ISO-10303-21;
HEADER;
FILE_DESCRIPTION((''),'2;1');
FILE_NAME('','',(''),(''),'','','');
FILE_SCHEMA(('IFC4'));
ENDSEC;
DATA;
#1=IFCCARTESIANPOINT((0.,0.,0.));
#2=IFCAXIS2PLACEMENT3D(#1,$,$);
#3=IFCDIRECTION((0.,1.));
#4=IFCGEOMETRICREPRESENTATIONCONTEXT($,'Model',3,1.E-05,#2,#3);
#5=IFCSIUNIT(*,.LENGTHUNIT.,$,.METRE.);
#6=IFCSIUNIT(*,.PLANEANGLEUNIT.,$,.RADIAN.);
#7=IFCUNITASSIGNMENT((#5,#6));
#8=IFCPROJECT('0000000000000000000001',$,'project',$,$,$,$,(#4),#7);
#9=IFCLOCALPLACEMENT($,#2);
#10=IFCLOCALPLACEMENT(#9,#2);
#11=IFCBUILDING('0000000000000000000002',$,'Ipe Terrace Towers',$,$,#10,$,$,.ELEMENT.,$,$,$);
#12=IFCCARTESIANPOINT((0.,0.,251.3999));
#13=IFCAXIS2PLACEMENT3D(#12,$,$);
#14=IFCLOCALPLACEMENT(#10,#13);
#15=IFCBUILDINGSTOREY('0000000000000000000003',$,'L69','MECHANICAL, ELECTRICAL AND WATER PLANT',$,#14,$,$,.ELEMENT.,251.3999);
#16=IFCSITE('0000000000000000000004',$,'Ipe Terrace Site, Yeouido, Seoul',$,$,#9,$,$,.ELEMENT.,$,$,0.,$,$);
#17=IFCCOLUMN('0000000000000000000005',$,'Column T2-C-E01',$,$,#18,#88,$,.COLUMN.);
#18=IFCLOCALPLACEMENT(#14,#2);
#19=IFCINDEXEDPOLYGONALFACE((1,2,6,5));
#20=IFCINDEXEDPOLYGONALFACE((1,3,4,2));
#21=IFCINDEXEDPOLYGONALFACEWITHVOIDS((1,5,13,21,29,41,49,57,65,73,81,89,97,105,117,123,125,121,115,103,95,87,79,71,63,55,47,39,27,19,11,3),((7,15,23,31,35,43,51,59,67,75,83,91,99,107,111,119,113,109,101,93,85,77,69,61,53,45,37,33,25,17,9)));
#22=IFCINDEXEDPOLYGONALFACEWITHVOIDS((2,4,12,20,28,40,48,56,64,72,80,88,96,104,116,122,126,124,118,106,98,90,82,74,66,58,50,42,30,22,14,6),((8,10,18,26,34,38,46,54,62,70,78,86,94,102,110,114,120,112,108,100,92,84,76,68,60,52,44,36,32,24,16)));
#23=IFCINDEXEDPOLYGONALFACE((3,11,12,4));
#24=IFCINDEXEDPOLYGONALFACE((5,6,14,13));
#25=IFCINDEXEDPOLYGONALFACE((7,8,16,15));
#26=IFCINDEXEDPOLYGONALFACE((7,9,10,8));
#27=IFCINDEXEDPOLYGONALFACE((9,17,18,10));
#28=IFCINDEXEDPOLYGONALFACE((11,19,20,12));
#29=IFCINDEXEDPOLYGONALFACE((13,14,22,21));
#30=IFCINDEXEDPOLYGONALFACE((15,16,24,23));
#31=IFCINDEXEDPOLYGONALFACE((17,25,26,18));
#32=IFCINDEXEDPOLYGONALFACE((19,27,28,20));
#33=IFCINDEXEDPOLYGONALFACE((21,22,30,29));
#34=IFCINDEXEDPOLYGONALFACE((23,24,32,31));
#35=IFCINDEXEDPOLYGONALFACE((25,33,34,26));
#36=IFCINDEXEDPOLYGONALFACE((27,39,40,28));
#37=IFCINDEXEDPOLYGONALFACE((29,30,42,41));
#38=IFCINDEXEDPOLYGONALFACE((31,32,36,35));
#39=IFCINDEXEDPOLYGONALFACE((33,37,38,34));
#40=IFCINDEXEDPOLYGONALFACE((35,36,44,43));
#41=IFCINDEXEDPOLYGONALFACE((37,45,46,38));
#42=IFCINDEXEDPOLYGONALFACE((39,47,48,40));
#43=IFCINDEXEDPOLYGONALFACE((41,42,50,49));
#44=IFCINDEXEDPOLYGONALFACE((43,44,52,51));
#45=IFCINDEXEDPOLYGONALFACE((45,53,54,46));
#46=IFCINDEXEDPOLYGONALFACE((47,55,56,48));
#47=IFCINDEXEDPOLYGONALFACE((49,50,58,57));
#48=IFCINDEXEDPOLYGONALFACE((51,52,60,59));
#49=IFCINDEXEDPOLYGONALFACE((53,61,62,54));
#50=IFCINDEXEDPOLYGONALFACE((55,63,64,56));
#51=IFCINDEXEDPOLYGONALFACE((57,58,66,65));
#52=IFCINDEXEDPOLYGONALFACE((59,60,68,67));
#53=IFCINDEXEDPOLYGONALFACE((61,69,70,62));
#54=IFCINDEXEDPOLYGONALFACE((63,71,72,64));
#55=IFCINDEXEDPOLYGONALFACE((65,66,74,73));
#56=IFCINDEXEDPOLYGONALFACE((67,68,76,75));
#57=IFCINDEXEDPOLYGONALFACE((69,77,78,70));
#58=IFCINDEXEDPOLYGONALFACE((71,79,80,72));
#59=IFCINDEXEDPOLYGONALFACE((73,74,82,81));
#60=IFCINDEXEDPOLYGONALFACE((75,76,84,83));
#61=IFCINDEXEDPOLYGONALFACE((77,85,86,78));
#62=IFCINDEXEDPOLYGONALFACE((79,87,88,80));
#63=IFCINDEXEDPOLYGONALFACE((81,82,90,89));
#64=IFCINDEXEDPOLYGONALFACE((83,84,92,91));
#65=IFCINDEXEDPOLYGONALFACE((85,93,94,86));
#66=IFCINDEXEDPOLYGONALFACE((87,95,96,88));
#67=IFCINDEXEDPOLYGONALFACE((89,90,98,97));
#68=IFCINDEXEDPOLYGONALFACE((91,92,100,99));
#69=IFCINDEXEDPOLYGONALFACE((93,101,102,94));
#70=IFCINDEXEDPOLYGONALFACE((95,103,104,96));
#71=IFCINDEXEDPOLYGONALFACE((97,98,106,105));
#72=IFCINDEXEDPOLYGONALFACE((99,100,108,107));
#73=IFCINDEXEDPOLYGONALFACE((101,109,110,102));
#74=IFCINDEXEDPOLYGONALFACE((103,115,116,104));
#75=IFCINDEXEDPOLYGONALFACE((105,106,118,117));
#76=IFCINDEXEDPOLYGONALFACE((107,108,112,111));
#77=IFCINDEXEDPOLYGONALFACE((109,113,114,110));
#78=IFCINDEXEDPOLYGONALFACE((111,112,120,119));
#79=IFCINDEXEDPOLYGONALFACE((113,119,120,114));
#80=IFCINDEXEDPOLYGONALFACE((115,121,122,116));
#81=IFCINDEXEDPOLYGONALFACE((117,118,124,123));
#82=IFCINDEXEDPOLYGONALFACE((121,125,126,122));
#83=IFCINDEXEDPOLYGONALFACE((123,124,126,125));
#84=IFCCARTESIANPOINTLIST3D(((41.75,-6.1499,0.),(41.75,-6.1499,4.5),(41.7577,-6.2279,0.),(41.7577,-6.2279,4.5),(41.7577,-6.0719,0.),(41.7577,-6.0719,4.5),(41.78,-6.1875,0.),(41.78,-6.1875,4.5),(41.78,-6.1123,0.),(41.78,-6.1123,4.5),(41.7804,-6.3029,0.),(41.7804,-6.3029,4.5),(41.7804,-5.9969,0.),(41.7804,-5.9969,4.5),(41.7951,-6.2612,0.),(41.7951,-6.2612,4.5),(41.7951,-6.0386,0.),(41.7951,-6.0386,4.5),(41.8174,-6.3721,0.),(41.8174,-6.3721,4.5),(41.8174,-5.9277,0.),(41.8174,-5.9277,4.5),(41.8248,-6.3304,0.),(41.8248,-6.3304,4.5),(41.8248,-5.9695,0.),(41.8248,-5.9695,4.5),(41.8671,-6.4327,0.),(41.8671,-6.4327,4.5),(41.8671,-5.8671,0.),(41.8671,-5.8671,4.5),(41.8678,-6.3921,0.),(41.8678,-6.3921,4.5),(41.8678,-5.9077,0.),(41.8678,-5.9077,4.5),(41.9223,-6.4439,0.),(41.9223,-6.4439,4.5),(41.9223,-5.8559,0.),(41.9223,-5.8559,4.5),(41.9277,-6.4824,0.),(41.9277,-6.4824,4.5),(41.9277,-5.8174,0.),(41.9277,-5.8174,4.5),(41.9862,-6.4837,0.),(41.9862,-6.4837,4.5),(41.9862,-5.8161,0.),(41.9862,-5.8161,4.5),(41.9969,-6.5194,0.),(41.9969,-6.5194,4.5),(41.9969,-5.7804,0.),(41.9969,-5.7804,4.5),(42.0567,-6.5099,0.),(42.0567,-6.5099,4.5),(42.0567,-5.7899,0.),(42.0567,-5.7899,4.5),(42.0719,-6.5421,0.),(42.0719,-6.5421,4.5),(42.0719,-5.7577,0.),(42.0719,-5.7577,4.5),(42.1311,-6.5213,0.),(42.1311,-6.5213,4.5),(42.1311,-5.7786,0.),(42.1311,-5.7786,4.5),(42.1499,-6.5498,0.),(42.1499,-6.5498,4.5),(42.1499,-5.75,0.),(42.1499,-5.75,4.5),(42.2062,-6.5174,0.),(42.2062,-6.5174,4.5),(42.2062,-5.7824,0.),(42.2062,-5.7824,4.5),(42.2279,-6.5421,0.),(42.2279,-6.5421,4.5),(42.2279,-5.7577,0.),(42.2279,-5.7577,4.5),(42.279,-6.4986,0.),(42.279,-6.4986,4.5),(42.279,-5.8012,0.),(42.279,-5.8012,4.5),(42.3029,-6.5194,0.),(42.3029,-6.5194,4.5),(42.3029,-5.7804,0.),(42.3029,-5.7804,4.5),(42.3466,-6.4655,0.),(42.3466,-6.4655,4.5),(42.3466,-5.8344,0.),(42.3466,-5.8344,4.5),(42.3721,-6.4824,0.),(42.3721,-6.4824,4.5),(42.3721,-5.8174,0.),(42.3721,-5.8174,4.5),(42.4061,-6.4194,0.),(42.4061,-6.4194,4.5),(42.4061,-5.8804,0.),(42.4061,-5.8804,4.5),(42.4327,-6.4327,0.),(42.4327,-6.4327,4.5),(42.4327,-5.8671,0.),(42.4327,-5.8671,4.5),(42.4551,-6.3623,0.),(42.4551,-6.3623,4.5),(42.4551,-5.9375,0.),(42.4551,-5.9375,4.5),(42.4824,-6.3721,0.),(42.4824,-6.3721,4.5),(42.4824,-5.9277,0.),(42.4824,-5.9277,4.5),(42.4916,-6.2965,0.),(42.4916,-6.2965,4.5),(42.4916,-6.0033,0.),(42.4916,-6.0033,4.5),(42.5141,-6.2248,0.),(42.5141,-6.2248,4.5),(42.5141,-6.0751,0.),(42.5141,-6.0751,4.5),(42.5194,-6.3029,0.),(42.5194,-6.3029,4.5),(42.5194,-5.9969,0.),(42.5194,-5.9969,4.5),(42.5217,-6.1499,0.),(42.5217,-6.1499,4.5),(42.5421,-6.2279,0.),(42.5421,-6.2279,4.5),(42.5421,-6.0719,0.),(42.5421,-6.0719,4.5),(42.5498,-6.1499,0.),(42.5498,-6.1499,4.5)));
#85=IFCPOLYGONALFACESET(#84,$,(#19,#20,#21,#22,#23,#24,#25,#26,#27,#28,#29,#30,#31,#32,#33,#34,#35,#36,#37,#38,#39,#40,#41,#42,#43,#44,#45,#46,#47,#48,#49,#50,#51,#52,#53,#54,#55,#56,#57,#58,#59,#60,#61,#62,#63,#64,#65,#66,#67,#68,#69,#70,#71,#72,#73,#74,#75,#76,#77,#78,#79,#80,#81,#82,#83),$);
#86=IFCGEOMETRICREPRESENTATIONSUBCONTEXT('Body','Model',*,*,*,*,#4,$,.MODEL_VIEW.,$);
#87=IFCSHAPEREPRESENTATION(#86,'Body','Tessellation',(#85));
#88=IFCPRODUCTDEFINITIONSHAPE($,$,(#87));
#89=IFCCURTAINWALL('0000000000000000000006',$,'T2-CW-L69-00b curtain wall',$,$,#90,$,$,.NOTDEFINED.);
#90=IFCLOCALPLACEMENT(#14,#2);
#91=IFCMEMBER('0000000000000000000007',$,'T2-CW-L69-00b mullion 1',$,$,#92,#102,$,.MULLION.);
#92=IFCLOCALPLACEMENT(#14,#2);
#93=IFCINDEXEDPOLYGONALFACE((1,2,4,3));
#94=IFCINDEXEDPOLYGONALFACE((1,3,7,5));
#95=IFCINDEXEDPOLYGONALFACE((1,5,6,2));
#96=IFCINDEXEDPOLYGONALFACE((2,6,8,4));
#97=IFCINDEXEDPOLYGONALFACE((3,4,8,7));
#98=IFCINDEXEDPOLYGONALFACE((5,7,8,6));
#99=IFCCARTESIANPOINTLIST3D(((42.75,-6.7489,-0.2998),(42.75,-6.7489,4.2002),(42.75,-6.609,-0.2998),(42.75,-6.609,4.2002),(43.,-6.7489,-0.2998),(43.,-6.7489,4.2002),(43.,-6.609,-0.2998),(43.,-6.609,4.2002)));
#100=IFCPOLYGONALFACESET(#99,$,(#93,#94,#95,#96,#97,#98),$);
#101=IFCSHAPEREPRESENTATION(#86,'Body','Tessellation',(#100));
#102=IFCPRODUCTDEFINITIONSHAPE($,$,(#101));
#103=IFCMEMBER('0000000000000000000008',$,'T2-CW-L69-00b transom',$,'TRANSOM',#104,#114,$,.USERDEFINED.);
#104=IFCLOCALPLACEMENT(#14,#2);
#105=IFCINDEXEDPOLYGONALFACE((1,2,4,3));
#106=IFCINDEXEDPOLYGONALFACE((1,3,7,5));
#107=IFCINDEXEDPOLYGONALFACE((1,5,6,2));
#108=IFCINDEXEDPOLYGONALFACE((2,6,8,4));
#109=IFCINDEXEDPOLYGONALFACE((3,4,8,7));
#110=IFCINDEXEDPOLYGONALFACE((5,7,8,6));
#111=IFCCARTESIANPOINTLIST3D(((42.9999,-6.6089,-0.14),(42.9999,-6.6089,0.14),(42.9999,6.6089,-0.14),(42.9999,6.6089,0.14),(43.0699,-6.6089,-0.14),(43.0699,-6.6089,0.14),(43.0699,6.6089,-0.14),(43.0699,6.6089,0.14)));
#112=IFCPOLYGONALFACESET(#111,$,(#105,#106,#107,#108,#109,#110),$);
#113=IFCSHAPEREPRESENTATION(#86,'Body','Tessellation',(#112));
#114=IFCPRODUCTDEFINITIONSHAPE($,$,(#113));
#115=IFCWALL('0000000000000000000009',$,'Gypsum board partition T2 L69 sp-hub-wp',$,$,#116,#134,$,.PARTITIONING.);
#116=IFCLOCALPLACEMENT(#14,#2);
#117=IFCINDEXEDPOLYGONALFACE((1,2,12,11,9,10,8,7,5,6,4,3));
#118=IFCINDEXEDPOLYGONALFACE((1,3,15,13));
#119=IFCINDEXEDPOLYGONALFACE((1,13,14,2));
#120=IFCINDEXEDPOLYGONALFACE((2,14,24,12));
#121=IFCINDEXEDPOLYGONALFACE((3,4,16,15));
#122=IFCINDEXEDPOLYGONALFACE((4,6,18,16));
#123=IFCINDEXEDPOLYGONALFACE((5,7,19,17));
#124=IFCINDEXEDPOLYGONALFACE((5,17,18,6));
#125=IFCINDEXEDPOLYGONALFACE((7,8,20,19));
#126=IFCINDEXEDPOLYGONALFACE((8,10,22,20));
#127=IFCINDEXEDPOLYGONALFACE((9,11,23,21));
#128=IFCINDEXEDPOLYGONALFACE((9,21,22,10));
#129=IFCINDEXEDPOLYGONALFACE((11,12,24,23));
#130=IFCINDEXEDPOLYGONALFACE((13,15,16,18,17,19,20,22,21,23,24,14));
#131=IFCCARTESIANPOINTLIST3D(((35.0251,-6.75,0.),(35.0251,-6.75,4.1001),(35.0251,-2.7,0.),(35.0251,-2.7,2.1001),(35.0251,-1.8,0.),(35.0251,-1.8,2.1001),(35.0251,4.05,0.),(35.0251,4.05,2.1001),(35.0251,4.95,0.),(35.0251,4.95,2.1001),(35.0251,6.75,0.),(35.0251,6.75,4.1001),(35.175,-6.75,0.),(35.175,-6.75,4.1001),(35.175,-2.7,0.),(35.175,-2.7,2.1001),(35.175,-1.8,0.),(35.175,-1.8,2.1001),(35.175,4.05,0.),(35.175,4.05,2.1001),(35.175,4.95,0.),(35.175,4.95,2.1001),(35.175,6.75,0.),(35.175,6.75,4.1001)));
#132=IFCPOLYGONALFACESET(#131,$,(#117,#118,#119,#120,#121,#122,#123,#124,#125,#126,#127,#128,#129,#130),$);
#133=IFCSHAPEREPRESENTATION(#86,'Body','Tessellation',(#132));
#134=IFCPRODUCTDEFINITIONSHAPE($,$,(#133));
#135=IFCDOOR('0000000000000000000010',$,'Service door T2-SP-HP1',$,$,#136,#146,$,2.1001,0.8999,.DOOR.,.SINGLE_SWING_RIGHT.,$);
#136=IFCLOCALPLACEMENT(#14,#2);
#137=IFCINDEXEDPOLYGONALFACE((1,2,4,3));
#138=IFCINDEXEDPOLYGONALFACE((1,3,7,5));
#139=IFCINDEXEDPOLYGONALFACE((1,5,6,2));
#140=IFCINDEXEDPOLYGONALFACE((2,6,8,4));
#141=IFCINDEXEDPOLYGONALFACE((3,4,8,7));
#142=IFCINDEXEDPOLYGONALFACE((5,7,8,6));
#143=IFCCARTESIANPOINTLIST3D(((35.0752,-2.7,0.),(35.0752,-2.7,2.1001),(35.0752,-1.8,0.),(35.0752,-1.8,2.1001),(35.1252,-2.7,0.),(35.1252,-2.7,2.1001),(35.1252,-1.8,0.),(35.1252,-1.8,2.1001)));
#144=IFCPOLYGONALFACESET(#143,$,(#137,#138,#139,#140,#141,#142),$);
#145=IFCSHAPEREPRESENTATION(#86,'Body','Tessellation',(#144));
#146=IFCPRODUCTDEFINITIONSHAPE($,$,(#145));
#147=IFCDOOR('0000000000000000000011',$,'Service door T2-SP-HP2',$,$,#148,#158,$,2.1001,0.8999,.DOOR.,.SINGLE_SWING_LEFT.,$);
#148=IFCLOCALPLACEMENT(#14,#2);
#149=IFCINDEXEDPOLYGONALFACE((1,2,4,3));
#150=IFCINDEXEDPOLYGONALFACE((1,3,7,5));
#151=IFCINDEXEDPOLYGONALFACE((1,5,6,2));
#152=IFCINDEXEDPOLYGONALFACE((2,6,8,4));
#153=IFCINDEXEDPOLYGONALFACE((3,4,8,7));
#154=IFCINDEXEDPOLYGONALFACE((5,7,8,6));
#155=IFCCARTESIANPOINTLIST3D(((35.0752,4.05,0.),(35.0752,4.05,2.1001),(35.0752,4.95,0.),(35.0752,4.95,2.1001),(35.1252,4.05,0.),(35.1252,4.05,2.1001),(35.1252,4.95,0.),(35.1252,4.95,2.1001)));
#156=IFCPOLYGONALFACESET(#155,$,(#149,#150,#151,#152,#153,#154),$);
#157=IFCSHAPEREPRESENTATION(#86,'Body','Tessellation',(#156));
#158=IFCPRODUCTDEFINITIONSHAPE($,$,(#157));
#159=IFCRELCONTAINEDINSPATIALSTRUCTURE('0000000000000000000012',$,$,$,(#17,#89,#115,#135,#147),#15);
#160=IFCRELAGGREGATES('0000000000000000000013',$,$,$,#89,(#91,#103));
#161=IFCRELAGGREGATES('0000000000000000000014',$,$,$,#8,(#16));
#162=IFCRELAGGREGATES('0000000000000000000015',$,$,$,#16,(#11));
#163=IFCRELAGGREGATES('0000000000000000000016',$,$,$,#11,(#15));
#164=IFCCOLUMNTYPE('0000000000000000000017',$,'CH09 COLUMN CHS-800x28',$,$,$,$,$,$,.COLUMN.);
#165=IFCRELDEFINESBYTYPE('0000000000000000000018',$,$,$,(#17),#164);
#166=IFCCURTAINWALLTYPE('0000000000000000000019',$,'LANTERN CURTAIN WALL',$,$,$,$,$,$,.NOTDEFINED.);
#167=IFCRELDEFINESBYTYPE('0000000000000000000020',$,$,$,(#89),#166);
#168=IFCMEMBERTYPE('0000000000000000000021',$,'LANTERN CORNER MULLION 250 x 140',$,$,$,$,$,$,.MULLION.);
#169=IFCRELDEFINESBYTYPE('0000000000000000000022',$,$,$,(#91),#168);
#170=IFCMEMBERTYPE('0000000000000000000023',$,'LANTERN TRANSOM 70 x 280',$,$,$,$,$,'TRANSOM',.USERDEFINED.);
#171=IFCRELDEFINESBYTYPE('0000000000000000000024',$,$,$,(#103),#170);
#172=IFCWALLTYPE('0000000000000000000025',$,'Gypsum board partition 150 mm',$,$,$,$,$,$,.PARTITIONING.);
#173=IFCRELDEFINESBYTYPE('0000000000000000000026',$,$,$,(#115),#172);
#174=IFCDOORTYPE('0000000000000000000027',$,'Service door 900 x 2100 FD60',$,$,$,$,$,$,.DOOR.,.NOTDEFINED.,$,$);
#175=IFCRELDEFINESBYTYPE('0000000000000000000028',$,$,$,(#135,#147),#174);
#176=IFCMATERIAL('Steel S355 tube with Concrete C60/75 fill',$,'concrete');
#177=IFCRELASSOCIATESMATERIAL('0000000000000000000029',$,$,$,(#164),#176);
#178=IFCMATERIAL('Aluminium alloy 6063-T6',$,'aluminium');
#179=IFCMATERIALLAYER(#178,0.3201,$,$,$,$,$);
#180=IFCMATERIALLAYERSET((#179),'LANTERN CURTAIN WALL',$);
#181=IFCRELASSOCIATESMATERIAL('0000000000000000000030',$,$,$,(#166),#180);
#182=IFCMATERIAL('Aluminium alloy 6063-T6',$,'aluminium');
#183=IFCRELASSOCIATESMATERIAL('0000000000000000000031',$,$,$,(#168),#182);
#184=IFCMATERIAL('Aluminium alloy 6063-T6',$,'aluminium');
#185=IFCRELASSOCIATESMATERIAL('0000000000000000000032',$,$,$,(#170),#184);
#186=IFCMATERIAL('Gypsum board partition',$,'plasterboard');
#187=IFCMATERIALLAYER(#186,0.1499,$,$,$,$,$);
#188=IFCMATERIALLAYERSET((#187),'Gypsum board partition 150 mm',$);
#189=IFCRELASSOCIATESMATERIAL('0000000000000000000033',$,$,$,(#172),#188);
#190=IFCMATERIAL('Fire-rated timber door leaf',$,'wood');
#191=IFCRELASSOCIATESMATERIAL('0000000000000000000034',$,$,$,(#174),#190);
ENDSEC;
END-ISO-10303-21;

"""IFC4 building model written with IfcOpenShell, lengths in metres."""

from ifc_helpers import new_model, si_unit, direction, frame, frame_2d, origin, origin_2d, place, context, subcontext, project, spatial, rectangle, hollow_circle, extrude, material, layer, layer_set, material_profile, profile_set, type_object, element, fill, aggregate, save


model = new_model("IFC4")

# Units and contexts
model_context = context("Model", 3, precision=1e-05, world=origin(), true_north=direction((0.0, 1.0)))
body_context = subcontext(model_context, "Body", "Model", "MODEL_VIEW")
ifc_project = project(units=[si_unit("LENGTHUNIT", "METRE"), si_unit("PLANEANGLEUNIT", "RADIAN")], contexts=[model_context])

# Site, building, storey
site_placement = place(None, origin())
site = spatial("IfcSite", under=ifc_project, at=site_placement, Name="Ipe Terrace Site, Yeouido, Seoul", CompositionType="ELEMENT", RefElevation=0.0)
building_placement = place(site_placement, origin())
building = spatial("IfcBuilding", under=site, at=building_placement, Name="Ipe Terrace Towers", CompositionType="ELEMENT")
storey_placement = place(building_placement, frame((0.0, 0.0, 251.3999)))
storey = spatial("IfcBuildingStorey", under=building, at=storey_placement, Name="L69", Description="MECHANICAL, ELECTRICAL AND WATER PLANT", CompositionType="ELEMENT", Elevation=251.3999)

# Column
ifc_material_1 = material(Name="Steel S355 tube with Concrete C60/75 fill", Category="concrete")
ifc_material_profile_1 = material_profile(ifc_material_1, hollow_circle(Radius=0.3999, WallThickness=0.0281, at=origin_2d()), Name="CHS-800x28")
ifc_profile_set_1 = profile_set([ifc_material_profile_1], Name="Steel S355 tube with Concrete C60/75 fill")
column_type = type_object("IfcColumnType", Name="CH09 COLUMN CHS-800x28", PredefinedType="COLUMN", material=ifc_profile_set_1)
column_placement = place(storey_placement, frame((42.1499, -6.1499, 0.0), z_axis=(0.0, 0.0, 1.0), x_axis=(1.0, 0.0, 0.0)))
element("IfcColumn", 1, at=column_placement, inside=storey, type_object=column_type, Name="Column T2-C-E01", PredefinedType="COLUMN", context=body_context, shape_type="SweptSolid", body=[
    extrude(hollow_circle(Radius=0.3999, WallThickness=0.0281, at=origin_2d()), origin(), (0.0, 0.0, 1.0), 4.5),
])

# Curtain wall, members
ifc_material_2 = material(Name="Aluminium alloy 6063-T6", Category="aluminium")
ifc_layer_1 = layer(ifc_material_2, 0.3201)
ifc_layer_set_1 = layer_set([ifc_layer_1], Name="LANTERN CURTAIN WALL")
curtain_wall_type = type_object("IfcCurtainWallType", Name="LANTERN CURTAIN WALL", PredefinedType="NOTDEFINED", material=ifc_layer_set_1)
curtain_wall_placement = place(storey_placement, origin())
curtain_wall = element("IfcCurtainWall", 2, at=curtain_wall_placement, inside=storey, type_object=curtain_wall_type, Name="T2-CW-L69-00b curtain wall", PredefinedType="NOTDEFINED")
ifc_material_3 = material(Name="Aluminium alloy 6063-T6", Category="aluminium")
ifc_material_profile_2 = material_profile(ifc_material_3, rectangle(XDim=0.25, YDim=0.1399, at=origin_2d()), Name="LANTERN CORNER MULLION 250 x 140")
ifc_profile_set_2 = profile_set([ifc_material_profile_2], Name="Aluminium alloy 6063-T6")
member_type_1 = type_object("IfcMemberType", Name="LANTERN CORNER MULLION 250 x 140", PredefinedType="MULLION", material=ifc_profile_set_2)
member_1_placement = place(storey_placement, frame((42.875, -6.679, -0.2998), z_axis=(0.0, 0.0, 1.0), x_axis=(1.0, 0.0, 0.0)))
member_1 = element("IfcMember", 3, at=member_1_placement, type_object=member_type_1, Name="T2-CW-L69-00b mullion 1", PredefinedType="MULLION", context=body_context, shape_type="SweptSolid", body=[
    extrude(rectangle(XDim=0.25, YDim=0.1399, at=origin_2d()), origin(), (0.0, 0.0, 1.0), 4.5),
])
ifc_material_4 = material(Name="Aluminium alloy 6063-T6", Category="aluminium")
ifc_material_profile_3 = material_profile(ifc_material_4, rectangle(XDim=0.0701, YDim=0.28, at=origin_2d()), Name="LANTERN TRANSOM 70 x 280")
ifc_profile_set_3 = profile_set([ifc_material_profile_3], Name="Aluminium alloy 6063-T6")
member_type_2 = type_object("IfcMemberType", Name="LANTERN TRANSOM 70 x 280", ElementType="TRANSOM", PredefinedType="USERDEFINED", material=ifc_profile_set_3)
member_2_placement = place(storey_placement, frame((43.0349, -6.6089, 0.0), z_axis=(0.0, 1.0, 0.0), x_axis=(1.0, 0.0, 0.0)))
member_2 = element("IfcMember", 4, at=member_2_placement, type_object=member_type_2, Name="T2-CW-L69-00b transom", ObjectType="TRANSOM", PredefinedType="USERDEFINED", context=body_context, shape_type="SweptSolid", body=[
    extrude(rectangle(XDim=0.0701, YDim=0.28, at=origin_2d()), origin(), (0.0, 0.0, 1.0), 13.2178),
])
aggregate(curtain_wall, [member_1, member_2])

# Wall, openings, doors
ifc_material_5 = material(Name="Gypsum board partition", Category="plasterboard")
ifc_layer_2 = layer(ifc_material_5, 0.1499)
ifc_layer_set_2 = layer_set([ifc_layer_2], Name="Gypsum board partition 150 mm")
wall_type_1 = type_object("IfcWallType", Name="Gypsum board partition 150 mm", PredefinedType="PARTITIONING", material=ifc_layer_set_2)
wall_1_placement = place(storey_placement, frame((35.1001, -6.75, 0.0), z_axis=(0.0, 0.0, 1.0), x_axis=(0.0, 1.0, 0.0)))
wall_1 = element("IfcWall", 5, at=wall_1_placement, inside=storey, type_object=wall_type_1, Name="Gypsum board partition T2 L69 sp-hub-wp", PredefinedType="PARTITIONING", context=body_context, shape_type="SweptSolid", body=[
    extrude(rectangle(XDim=13.5, YDim=0.1499, at=frame_2d((6.75, 0.0))), origin(), (0.0, 0.0, 1.0), 4.1001),
])
opening_1_placement = place(wall_1_placement, frame((4.05, 0.0, 0.0)))
opening_1 = element("IfcOpeningElement", 6, at=opening_1_placement, cuts=wall_1, PredefinedType="OPENING", context=body_context, shape_type="SweptSolid", body=[
    extrude(rectangle(XDim=0.8999, YDim=2.1001, at=frame_2d((0.45, 1.05))), frame((0.0, 0.085, 0.0), z_axis=(0.0, -1.0, 0.0), x_axis=(1.0, 0.0, 0.0)), (0.0, 0.0, 1.0), 0.1699),
])
opening_2_placement = place(wall_1_placement, frame((10.8, 0.0, 0.0)))
opening_2 = element("IfcOpeningElement", 7, at=opening_2_placement, cuts=wall_1, PredefinedType="OPENING", context=body_context, shape_type="SweptSolid", body=[
    extrude(rectangle(XDim=0.8999, YDim=2.1001, at=frame_2d((0.45, 1.05))), frame((0.0, 0.085, 0.0), z_axis=(0.0, -1.0, 0.0), x_axis=(1.0, 0.0, 0.0)), (0.0, 0.0, 1.0), 0.1699),
])
ifc_material_6 = material(Name="Fire-rated timber door leaf", Category="wood")
door_type_1 = type_object("IfcDoorType", Name="Service door 900 x 2100 FD60", OperationType="NOTDEFINED", PredefinedType="DOOR", material=ifc_material_6)
door_1_placement = place(opening_1_placement, origin())
door_1 = element("IfcDoor", 8, at=door_1_placement, inside=storey, type_object=door_type_1, Name="Service door T2-SP-HP1", OperationType="SINGLE_SWING_RIGHT", OverallHeight=2.1001, OverallWidth=0.8999, PredefinedType="DOOR", context=body_context, shape_type="SweptSolid", body=[
    extrude(rectangle(XDim=0.8999, YDim=2.1001, at=frame_2d((0.45, 1.05))), frame((0.0, 0.0249, 0.0), z_axis=(0.0, -1.0, 0.0), x_axis=(1.0, 0.0, 0.0)), (0.0, 0.0, 1.0), 0.05),
])
fill(opening_1, door_1)
door_2_placement = place(opening_2_placement, origin())
door_2 = element("IfcDoor", 9, at=door_2_placement, inside=storey, type_object=door_type_1, Name="Service door T2-SP-HP2", OperationType="SINGLE_SWING_LEFT", OverallHeight=2.1001, OverallWidth=0.8999, PredefinedType="DOOR", context=body_context, shape_type="SweptSolid", body=[
    extrude(rectangle(XDim=0.8999, YDim=2.1001, at=frame_2d((0.45, 1.05))), frame((0.0, 0.0249, 0.0), z_axis=(0.0, -1.0, 0.0), x_axis=(1.0, 0.0, 0.0)), (0.0, 0.0, 1.0), 0.05),
])
fill(opening_2, door_2)

save(model, "model.ifc")
